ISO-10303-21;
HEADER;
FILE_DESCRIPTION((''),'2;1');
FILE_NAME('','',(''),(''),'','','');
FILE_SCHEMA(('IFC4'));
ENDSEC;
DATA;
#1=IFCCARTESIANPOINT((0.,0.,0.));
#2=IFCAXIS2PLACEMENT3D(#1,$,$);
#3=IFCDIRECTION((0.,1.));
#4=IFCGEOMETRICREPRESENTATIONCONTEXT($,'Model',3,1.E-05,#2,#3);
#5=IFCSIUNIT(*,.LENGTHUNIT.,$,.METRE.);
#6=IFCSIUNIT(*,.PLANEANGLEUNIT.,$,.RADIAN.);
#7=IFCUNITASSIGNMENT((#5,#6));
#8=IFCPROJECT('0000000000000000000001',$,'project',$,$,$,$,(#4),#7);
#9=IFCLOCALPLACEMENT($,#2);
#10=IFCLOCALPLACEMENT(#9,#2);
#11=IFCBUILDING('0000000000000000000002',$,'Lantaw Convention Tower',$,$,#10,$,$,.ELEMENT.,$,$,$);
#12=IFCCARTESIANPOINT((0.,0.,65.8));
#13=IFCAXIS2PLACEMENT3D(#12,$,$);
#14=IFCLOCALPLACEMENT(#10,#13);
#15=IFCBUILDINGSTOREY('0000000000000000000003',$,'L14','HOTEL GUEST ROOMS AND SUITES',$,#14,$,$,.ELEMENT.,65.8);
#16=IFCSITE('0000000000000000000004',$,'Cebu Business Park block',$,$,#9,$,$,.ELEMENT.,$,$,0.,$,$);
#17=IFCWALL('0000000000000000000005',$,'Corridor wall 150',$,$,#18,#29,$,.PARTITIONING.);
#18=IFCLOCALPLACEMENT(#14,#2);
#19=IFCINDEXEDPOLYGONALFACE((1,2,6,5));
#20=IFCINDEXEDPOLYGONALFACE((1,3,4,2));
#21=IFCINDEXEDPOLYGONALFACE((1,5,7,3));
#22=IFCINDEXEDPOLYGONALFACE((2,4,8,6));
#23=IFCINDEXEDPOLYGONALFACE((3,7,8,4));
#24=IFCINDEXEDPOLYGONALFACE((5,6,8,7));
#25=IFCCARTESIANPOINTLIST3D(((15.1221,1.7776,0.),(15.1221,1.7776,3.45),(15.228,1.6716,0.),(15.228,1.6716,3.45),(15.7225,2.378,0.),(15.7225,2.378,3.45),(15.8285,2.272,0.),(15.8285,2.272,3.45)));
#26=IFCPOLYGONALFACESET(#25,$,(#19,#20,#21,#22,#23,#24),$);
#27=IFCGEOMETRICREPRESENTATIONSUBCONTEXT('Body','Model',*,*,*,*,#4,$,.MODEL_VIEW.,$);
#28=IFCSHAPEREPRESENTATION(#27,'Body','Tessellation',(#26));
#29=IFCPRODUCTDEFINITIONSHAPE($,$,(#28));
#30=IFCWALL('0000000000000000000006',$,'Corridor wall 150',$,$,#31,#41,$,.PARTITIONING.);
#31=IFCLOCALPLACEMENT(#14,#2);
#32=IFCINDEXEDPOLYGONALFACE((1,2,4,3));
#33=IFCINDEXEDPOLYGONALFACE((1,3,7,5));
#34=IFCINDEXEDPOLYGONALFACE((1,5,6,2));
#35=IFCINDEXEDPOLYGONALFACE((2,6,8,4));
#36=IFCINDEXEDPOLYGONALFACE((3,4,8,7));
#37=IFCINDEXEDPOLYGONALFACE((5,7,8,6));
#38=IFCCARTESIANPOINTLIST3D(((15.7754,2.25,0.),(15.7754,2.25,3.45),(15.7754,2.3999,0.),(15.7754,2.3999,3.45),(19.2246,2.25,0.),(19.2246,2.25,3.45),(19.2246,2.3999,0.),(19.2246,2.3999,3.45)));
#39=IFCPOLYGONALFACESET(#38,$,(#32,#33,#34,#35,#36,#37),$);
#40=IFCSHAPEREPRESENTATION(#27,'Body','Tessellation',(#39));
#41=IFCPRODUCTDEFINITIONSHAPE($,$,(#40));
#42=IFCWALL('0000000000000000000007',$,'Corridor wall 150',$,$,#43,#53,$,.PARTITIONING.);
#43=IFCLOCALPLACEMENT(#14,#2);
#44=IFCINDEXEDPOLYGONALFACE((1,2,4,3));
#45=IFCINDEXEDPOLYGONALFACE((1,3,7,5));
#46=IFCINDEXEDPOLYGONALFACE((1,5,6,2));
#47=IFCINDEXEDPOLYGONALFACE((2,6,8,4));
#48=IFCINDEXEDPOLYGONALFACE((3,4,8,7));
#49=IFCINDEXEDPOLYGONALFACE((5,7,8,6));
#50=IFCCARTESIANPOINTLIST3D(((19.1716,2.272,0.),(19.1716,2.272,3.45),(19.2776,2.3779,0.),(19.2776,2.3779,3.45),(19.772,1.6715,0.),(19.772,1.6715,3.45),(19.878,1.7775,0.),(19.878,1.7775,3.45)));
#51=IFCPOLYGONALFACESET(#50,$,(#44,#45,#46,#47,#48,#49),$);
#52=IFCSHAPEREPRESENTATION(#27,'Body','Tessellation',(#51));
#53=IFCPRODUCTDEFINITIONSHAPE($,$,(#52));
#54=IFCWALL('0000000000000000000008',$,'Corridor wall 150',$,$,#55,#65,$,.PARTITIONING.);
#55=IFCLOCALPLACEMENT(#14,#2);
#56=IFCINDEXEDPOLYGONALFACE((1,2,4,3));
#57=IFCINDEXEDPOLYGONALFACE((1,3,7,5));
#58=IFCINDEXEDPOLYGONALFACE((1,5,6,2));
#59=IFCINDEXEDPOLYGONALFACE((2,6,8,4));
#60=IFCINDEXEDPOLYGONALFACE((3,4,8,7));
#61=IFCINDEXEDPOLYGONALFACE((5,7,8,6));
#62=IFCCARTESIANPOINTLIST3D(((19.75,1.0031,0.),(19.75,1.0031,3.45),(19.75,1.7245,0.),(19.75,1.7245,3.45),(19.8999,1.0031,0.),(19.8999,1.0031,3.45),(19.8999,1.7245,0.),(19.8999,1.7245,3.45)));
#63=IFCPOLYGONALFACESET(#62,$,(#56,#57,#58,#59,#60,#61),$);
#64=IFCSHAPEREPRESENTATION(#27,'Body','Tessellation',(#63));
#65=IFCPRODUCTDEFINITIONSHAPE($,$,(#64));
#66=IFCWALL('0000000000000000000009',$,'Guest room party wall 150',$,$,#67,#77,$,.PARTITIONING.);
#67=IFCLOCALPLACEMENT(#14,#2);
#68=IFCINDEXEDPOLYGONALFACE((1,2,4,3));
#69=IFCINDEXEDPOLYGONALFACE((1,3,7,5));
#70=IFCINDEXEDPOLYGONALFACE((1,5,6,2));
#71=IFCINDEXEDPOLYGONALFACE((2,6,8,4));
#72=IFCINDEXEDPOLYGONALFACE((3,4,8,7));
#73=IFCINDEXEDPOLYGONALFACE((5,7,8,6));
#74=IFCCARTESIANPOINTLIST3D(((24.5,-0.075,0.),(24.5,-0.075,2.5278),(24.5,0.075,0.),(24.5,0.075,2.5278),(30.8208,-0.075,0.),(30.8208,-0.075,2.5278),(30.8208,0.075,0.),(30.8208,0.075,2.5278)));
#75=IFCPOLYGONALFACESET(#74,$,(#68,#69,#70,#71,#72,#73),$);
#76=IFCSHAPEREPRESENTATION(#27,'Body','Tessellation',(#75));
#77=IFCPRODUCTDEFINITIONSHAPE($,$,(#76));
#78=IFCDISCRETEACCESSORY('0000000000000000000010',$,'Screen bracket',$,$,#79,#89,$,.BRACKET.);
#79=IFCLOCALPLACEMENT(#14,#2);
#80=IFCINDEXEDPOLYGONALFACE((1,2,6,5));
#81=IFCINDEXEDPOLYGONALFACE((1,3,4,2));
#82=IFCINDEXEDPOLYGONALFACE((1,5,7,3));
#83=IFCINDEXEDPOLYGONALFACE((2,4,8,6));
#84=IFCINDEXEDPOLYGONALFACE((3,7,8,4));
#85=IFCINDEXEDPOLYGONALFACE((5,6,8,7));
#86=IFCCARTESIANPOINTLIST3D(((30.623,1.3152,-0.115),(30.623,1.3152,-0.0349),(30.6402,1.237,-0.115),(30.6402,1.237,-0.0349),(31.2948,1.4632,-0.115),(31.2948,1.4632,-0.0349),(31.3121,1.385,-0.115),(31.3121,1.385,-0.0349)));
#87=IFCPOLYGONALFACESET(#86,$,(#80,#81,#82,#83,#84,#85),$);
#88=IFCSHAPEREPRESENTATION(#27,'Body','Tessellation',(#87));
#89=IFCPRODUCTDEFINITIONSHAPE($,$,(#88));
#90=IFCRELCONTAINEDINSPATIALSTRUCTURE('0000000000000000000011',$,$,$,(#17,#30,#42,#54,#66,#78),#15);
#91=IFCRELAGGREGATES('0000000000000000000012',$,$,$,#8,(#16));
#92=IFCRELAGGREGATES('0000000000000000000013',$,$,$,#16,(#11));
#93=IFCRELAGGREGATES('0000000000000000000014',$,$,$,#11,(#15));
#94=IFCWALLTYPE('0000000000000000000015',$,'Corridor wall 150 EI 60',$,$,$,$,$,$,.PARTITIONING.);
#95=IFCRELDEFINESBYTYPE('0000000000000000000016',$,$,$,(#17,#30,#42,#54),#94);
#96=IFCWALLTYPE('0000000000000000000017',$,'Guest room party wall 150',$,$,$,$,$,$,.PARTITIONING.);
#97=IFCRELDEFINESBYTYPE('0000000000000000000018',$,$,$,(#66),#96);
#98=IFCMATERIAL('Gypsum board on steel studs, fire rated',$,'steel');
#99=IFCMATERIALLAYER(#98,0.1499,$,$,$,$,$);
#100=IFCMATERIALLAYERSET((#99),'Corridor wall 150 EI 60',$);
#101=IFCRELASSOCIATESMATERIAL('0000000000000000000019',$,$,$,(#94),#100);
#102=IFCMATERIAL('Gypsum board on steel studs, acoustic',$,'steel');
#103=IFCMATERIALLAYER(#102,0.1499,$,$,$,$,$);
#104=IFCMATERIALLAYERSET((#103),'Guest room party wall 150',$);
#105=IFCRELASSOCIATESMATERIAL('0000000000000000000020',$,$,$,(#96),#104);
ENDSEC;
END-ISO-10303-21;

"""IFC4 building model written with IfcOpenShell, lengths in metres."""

from ifc_helpers import new_model, si_unit, direction, frame, frame_2d, origin, origin_2d, place, context, subcontext, project, spatial, rectangle, extrude, material, layer, layer_set, type_object, element, save


model = new_model("IFC4")

# Units and contexts
model_context = context("Model", 3, precision=1e-05, world=origin(), true_north=direction((0.0, 1.0)))
body_context = subcontext(model_context, "Body", "Model", "MODEL_VIEW")
ifc_project = project(units=[si_unit("LENGTHUNIT", "METRE"), si_unit("PLANEANGLEUNIT", "RADIAN")], contexts=[model_context])

# Site, building, storey
site_placement = place(None, origin())
site = spatial("IfcSite", under=ifc_project, at=site_placement, Name="Cebu Business Park block", CompositionType="ELEMENT", RefElevation=0.0)
building_placement = place(site_placement, origin())
building = spatial("IfcBuilding", under=site, at=building_placement, Name="Lantaw Convention Tower", CompositionType="ELEMENT")
storey_placement = place(building_placement, frame((0.0, 0.0, 65.8)))
storey = spatial("IfcBuildingStorey", under=building, at=storey_placement, Name="L14", Description="HOTEL GUEST ROOMS AND SUITES", CompositionType="ELEMENT", Elevation=65.8)

# Shared definitions
ifc_material_1 = material(Name="Gypsum board on steel studs, fire rated", Category="steel")
ifc_layer_1 = layer(ifc_material_1, 0.1499)
ifc_layer_set_1 = layer_set([ifc_layer_1], Name="Corridor wall 150 EI 60")
wall_type_1 = type_object("IfcWallType", Name="Corridor wall 150 EI 60", PredefinedType="PARTITIONING", material=ifc_layer_set_1)

# Walls
wall_1_placement = place(storey_placement, frame((15.175, 1.7246, 0.0), z_axis=(0.0, 0.0, 1.0), x_axis=(0.707107, 0.707107, 0.0)))
element("IfcWall", 1, at=wall_1_placement, inside=storey, type_object=wall_type_1, Name="Corridor wall 150", PredefinedType="PARTITIONING", context=body_context, shape_type="SweptSolid", body=[
    extrude(rectangle(XDim=0.8491, YDim=0.1499, at=frame_2d((0.4246, 0.0))), origin(), (0.0, 0.0, 1.0), 3.45),
])
wall_2_placement = place(storey_placement, frame((15.7754, 2.325, 0.0), z_axis=(0.0, 0.0, 1.0), x_axis=(1.0, 0.0, 0.0)))
element("IfcWall", 2, at=wall_2_placement, inside=storey, type_object=wall_type_1, Name="Corridor wall 150", PredefinedType="PARTITIONING", context=body_context, shape_type="SweptSolid", body=[
    extrude(rectangle(XDim=3.4492, YDim=0.1499, at=frame_2d((1.7246, 0.0))), origin(), (0.0, 0.0, 1.0), 3.45),
])
wall_3_placement = place(storey_placement, frame((19.2246, 2.325, 0.0), z_axis=(0.0, 0.0, 1.0), x_axis=(0.707107, -0.707107, 0.0)))
element("IfcWall", 3, at=wall_3_placement, inside=storey, type_object=wall_type_1, Name="Corridor wall 150", PredefinedType="PARTITIONING", context=body_context, shape_type="SweptSolid", body=[
    extrude(rectangle(XDim=0.8491, YDim=0.1499, at=frame_2d((0.4246, 0.0))), origin(), (0.0, 0.0, 1.0), 3.45),
])
wall_4_placement = place(storey_placement, frame((19.825, 1.7246, 0.0), z_axis=(0.0, 0.0, 1.0), x_axis=(0.0, -1.0, 0.0)))
element("IfcWall", 4, at=wall_4_placement, inside=storey, type_object=wall_type_1, Name="Corridor wall 150", PredefinedType="PARTITIONING", context=body_context, shape_type="SweptSolid", body=[
    extrude(rectangle(XDim=0.7214, YDim=0.1499, at=frame_2d((0.3608, 0.0))), origin(), (0.0, 0.0, 1.0), 3.45),
])
ifc_material_2 = material(Name="Gypsum board on steel studs, acoustic", Category="steel")
ifc_layer_2 = layer(ifc_material_2, 0.1499)
ifc_layer_set_2 = layer_set([ifc_layer_2], Name="Guest room party wall 150")
wall_type_2 = type_object("IfcWallType", Name="Guest room party wall 150", PredefinedType="PARTITIONING", material=ifc_layer_set_2)
wall_5_placement = place(storey_placement, frame((30.8208, 0.0, 0.0), z_axis=(0.0, 0.0, 1.0), x_axis=(-1.0, 0.0, 0.0)))
element("IfcWall", 5, at=wall_5_placement, inside=storey, type_object=wall_type_2, Name="Guest room party wall 150", PredefinedType="PARTITIONING", context=body_context, shape_type="SweptSolid", body=[
    extrude(rectangle(XDim=6.3208, YDim=0.1499, at=frame_2d((3.1604, 0.0))), origin(), (0.0, 0.0, 1.0), 2.5278),
])

# Discrete accessory
discrete_accessory_placement = place(storey_placement, frame((30.9675, 1.3501, -0.115), z_axis=(0.0, 0.0, 1.0), x_axis=(-0.215246, 0.97656, 0.0)))
element("IfcDiscreteAccessory", 6, at=discrete_accessory_placement, inside=storey, Name="Screen bracket", PredefinedType="BRACKET", context=body_context, shape_type="SweptSolid", body=[
    extrude(rectangle(XDim=0.0801, YDim=0.688, at=origin_2d()), origin(), (0.0, 0.0, 1.0), 0.0801),
])

save(model, "model.ifc")
